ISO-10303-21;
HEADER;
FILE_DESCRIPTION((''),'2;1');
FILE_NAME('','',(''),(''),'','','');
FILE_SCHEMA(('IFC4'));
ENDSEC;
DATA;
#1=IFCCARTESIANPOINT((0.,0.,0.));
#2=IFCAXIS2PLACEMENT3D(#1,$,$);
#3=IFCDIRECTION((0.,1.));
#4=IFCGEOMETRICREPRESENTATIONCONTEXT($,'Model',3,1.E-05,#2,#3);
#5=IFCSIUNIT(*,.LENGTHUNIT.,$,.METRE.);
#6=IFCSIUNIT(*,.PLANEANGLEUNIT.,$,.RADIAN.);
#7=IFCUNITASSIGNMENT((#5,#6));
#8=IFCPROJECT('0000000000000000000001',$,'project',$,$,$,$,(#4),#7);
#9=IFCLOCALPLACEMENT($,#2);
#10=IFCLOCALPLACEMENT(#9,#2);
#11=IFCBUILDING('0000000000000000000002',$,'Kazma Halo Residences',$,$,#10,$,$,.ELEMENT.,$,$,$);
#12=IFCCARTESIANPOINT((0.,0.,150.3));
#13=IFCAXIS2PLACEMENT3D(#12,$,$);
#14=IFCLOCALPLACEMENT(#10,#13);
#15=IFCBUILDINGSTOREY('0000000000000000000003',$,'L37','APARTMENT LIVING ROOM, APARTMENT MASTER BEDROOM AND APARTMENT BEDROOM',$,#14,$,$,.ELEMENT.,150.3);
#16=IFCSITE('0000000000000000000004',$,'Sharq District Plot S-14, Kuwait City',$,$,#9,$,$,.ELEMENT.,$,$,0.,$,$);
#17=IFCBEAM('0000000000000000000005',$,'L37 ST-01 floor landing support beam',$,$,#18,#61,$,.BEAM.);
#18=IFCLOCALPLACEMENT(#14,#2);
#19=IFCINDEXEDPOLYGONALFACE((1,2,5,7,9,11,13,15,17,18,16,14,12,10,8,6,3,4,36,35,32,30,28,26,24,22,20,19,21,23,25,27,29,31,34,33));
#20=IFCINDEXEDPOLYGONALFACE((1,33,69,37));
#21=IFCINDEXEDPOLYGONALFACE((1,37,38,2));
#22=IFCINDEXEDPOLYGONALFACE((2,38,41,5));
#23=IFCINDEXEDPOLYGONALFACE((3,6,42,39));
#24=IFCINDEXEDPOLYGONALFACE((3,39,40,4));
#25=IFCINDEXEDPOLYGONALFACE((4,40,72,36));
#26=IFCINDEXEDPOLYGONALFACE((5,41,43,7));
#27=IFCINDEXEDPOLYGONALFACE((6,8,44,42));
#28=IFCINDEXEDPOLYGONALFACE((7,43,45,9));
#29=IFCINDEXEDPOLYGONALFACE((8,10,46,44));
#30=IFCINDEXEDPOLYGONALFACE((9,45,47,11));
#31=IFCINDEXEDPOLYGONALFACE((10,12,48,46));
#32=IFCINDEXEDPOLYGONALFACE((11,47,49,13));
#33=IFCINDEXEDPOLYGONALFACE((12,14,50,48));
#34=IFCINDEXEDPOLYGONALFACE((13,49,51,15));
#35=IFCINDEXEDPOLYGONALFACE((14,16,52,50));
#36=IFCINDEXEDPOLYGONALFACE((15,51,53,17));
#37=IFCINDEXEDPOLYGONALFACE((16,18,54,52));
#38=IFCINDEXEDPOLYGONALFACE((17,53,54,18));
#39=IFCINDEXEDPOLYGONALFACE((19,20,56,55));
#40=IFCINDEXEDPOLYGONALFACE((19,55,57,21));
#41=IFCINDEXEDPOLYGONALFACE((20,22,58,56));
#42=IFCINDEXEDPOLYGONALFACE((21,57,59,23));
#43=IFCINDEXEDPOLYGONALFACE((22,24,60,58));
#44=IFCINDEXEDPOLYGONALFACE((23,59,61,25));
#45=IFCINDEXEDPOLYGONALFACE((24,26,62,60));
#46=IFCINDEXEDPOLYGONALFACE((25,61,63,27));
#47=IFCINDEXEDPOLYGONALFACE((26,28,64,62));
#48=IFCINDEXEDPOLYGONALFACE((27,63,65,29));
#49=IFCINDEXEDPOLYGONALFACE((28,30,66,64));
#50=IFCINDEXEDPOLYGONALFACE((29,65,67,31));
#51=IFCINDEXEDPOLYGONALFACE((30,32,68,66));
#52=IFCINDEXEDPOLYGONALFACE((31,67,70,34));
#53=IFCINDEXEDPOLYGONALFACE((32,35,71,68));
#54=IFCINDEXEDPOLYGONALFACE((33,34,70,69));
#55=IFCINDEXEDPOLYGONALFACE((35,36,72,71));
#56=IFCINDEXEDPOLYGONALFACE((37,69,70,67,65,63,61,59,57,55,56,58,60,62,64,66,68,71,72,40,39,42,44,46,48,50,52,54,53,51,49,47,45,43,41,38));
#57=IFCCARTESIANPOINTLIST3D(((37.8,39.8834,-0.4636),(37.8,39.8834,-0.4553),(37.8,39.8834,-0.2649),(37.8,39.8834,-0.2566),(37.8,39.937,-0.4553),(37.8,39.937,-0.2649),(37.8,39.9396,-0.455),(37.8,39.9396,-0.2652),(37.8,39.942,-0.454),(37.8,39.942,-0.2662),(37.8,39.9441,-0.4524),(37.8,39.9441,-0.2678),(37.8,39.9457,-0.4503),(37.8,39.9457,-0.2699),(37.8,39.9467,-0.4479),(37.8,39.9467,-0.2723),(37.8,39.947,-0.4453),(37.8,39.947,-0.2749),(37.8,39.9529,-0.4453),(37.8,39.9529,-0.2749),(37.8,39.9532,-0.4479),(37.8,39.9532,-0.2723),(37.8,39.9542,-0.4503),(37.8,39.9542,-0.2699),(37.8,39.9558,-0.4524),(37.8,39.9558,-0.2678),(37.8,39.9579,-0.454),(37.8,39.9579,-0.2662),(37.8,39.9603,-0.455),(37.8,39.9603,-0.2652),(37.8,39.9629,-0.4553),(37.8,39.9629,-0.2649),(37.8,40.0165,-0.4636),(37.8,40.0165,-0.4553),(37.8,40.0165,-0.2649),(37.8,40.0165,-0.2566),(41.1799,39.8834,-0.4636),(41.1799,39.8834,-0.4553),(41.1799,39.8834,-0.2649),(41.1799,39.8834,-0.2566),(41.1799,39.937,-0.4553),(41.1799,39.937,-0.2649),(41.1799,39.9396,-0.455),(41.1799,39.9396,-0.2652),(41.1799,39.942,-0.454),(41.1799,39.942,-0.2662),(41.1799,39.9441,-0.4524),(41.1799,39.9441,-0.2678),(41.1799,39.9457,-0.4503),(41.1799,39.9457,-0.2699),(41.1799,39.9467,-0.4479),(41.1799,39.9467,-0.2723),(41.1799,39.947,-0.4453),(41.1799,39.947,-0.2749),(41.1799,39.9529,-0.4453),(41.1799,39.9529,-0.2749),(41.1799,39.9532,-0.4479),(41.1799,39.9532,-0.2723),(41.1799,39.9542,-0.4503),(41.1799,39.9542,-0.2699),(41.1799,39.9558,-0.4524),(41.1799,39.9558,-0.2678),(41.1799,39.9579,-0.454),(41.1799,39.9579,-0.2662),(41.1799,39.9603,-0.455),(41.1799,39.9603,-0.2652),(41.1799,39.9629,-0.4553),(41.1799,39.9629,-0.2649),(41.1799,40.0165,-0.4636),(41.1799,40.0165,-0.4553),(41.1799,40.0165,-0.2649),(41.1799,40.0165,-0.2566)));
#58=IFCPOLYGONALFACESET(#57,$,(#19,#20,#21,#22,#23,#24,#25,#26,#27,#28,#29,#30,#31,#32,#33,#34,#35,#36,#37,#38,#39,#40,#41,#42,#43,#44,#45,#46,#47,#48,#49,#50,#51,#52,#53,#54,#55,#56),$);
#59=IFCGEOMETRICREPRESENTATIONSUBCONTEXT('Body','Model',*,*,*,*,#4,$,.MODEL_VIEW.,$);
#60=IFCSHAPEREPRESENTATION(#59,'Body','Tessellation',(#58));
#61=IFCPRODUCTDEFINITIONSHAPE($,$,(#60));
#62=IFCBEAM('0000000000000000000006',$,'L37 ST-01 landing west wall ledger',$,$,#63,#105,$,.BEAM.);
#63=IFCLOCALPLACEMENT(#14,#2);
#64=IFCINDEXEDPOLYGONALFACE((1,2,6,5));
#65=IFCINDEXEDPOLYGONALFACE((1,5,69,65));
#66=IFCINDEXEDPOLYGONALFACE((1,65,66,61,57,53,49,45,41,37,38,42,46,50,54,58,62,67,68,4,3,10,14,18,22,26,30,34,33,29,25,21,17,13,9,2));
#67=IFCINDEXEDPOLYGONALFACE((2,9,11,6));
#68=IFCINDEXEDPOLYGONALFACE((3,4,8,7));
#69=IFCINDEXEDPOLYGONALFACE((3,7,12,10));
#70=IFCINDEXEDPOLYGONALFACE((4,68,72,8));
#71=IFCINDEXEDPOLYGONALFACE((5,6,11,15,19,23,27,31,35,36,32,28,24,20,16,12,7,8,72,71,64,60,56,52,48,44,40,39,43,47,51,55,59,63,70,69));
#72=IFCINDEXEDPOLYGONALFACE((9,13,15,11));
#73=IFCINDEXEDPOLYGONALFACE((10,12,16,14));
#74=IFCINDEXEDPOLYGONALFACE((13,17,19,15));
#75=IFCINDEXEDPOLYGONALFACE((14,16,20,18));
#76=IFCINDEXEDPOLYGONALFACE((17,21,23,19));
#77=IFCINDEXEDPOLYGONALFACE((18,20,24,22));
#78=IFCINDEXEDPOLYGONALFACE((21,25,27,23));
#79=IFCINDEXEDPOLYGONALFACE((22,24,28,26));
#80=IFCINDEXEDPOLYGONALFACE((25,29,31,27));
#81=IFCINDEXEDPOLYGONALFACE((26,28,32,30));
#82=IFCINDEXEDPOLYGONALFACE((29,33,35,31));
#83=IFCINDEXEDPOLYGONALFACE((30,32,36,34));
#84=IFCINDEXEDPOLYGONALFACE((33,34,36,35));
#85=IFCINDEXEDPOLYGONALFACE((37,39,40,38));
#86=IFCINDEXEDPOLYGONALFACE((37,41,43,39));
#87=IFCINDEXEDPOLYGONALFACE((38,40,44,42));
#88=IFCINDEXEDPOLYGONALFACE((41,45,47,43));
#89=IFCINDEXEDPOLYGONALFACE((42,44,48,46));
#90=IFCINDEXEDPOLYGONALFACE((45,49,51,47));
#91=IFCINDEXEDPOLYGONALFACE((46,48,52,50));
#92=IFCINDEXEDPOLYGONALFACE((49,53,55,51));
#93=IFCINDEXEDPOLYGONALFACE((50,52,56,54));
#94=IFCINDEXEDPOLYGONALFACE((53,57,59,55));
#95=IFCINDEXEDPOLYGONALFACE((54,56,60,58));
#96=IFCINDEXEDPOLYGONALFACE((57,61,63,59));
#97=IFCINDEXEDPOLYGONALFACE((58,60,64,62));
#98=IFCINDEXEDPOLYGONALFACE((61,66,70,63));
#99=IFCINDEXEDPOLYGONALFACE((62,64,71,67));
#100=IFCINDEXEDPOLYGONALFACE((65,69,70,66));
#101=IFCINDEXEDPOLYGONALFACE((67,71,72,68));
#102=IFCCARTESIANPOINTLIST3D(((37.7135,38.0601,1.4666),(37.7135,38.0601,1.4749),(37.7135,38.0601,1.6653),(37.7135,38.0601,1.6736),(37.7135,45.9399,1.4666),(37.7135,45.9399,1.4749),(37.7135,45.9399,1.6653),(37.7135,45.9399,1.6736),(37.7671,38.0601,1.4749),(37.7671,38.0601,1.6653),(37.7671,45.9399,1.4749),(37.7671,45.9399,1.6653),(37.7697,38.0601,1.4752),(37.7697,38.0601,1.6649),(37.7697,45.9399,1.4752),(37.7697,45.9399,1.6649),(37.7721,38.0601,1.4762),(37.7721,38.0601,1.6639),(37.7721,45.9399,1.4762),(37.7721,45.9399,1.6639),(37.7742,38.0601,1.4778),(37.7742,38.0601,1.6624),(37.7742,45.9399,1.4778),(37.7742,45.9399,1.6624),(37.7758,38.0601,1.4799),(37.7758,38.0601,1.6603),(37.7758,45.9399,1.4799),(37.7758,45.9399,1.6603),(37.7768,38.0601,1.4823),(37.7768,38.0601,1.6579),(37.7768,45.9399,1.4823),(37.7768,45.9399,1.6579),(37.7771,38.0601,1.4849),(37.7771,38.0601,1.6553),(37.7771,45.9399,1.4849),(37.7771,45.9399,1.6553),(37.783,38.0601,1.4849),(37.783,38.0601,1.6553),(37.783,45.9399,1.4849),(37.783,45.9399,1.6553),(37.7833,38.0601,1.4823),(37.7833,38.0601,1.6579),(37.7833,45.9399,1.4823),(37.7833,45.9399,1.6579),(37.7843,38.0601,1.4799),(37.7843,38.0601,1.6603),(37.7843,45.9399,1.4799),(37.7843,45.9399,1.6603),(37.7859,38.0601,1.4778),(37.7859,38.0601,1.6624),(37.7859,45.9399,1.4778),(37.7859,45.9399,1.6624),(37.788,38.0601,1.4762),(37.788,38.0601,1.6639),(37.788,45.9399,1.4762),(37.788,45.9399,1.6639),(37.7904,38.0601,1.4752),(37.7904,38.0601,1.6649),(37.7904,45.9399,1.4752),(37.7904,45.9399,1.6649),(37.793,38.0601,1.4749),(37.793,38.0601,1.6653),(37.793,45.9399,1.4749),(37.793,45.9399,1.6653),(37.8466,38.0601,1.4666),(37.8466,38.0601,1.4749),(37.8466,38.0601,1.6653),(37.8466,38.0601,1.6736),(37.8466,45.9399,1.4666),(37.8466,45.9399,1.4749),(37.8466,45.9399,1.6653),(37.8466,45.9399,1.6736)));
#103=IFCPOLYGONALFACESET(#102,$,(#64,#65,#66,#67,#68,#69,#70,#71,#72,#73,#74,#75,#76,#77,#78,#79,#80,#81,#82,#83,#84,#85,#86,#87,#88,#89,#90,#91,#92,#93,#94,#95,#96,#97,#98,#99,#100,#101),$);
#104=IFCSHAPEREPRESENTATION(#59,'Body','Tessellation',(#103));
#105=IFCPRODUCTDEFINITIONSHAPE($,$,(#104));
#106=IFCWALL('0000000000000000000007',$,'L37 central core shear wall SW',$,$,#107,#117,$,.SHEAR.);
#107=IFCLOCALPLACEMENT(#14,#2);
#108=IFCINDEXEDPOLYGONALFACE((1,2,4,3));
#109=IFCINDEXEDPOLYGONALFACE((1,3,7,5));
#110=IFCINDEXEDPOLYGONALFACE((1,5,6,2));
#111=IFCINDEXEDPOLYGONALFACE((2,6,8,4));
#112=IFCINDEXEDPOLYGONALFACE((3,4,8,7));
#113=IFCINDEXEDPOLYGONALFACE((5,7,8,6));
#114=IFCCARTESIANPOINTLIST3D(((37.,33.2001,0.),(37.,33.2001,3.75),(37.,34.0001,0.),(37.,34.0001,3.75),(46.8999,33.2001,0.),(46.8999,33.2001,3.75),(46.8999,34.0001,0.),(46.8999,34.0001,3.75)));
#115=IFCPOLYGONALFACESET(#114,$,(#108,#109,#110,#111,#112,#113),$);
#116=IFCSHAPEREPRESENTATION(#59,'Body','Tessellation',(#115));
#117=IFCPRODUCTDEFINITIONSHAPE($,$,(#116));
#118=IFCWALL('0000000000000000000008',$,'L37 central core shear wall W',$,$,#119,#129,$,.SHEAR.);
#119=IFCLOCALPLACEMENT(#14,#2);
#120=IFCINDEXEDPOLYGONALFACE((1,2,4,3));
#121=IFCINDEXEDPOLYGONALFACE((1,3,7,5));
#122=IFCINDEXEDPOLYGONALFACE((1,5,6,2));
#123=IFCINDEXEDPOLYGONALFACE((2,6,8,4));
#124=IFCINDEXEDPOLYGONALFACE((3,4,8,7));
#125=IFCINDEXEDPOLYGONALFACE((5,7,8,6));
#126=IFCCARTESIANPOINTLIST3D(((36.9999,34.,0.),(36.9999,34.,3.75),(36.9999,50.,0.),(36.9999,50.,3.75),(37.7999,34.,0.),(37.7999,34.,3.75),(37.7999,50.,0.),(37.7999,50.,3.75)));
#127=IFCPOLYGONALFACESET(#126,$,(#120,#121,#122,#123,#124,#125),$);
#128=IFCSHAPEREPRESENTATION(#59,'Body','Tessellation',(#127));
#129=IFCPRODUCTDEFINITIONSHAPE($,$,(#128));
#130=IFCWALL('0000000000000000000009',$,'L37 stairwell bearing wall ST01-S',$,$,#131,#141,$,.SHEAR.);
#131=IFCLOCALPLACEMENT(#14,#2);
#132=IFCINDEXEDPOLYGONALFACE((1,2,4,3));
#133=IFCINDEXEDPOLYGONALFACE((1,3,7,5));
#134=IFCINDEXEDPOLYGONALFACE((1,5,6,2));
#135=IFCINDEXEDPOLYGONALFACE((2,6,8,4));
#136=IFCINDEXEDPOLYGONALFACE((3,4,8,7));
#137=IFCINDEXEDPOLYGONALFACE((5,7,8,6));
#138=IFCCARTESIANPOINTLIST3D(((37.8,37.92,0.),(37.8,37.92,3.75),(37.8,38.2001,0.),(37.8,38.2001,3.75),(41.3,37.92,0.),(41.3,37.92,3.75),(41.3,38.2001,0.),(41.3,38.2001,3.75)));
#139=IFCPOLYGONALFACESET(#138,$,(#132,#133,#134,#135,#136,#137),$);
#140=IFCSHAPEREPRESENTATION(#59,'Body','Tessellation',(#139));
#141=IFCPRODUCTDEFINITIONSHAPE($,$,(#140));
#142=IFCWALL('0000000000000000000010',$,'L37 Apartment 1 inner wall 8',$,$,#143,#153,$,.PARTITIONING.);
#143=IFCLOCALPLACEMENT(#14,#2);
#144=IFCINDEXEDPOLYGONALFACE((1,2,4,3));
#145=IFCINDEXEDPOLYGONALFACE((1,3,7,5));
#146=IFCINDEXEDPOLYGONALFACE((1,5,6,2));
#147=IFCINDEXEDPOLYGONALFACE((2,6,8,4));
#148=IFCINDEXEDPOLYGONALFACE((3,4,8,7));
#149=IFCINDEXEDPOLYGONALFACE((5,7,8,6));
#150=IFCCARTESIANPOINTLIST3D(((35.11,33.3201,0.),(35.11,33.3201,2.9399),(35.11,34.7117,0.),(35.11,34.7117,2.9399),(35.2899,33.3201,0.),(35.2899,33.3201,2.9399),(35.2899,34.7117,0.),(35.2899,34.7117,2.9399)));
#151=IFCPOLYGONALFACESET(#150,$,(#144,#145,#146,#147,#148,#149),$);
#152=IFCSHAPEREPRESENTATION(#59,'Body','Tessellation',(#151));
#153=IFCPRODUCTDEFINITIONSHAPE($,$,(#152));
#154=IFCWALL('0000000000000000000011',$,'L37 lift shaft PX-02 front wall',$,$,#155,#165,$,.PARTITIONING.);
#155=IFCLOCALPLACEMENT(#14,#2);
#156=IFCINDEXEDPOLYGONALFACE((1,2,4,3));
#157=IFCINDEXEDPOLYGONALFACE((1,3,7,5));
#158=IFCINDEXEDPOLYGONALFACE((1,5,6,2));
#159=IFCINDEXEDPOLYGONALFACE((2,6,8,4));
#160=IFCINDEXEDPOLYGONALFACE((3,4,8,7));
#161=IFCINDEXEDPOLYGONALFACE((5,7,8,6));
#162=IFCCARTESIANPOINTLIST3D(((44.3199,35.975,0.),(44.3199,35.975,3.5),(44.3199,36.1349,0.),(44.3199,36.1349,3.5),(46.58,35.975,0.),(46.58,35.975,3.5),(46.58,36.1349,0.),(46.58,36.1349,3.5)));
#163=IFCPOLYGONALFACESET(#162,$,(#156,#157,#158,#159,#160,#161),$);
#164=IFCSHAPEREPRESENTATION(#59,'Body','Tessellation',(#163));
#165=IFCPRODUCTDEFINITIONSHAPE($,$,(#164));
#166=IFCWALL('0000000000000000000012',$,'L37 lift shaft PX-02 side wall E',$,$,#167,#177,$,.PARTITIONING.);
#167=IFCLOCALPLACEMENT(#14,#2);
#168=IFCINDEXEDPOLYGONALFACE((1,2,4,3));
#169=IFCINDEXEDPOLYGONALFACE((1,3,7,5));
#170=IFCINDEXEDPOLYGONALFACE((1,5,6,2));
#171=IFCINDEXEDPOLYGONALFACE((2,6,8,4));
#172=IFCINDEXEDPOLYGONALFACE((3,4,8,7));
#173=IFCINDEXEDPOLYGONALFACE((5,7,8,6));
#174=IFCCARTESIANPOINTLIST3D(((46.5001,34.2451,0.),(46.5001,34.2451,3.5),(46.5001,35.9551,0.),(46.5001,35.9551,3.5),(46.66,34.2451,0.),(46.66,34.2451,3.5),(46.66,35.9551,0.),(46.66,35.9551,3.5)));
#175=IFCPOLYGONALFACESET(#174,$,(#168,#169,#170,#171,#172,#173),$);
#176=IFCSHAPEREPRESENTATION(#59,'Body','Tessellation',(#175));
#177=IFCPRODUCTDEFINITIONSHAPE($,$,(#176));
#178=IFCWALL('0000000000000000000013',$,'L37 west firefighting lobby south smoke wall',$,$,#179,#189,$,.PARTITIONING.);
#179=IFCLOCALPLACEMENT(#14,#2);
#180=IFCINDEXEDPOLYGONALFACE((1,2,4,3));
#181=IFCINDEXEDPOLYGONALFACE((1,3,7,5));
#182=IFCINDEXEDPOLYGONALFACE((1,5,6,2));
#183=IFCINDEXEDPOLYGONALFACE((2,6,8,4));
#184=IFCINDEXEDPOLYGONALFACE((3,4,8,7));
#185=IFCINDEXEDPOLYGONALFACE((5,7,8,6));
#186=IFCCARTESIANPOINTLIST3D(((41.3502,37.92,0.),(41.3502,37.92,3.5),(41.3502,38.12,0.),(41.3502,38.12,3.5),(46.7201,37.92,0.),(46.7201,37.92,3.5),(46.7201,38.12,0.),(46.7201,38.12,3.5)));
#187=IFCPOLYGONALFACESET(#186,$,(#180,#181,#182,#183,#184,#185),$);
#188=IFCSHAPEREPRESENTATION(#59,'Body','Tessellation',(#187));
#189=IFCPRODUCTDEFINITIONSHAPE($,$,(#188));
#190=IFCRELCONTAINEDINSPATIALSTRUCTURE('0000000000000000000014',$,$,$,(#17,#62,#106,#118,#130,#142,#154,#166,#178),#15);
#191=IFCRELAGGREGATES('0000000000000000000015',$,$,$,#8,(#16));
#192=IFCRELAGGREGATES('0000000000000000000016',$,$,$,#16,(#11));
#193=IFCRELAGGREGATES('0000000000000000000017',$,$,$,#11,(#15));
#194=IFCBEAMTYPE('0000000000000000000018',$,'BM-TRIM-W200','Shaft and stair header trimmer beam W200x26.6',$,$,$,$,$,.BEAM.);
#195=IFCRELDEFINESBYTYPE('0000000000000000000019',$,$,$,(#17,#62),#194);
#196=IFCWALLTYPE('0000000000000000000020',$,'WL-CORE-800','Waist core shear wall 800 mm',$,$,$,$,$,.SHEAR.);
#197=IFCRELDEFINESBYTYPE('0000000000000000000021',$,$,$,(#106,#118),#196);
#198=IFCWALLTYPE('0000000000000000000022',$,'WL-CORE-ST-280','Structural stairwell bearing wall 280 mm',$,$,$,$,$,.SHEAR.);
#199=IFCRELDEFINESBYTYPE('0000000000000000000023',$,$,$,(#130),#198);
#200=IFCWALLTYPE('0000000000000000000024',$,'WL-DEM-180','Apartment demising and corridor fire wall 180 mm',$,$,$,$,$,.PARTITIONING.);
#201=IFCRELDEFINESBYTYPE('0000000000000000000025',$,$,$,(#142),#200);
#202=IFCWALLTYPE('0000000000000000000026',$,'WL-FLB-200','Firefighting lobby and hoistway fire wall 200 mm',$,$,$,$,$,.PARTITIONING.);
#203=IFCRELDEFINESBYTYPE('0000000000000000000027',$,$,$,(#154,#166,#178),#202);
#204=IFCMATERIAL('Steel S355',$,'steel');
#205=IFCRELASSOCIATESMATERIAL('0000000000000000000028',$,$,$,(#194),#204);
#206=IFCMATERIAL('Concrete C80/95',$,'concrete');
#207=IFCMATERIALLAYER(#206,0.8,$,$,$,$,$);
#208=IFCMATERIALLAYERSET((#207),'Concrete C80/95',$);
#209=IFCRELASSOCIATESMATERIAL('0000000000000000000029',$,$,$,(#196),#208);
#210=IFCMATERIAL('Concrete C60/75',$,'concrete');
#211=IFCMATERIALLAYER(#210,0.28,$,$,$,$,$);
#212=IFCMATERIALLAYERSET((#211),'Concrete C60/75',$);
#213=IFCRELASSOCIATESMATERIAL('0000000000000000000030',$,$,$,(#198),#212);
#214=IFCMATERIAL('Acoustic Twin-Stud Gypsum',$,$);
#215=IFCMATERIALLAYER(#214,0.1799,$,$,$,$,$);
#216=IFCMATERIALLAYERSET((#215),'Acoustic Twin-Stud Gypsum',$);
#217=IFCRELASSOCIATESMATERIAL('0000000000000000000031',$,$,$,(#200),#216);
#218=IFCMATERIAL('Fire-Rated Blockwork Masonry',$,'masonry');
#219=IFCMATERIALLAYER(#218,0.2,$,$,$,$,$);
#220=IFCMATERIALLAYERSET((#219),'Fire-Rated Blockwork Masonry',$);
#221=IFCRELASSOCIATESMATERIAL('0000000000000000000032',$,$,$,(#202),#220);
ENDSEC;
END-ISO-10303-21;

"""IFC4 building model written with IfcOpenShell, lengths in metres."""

from ifc_helpers import new_model, si_unit, direction, frame, frame_2d, origin, origin_2d, place, context, subcontext, project, spatial, rectangle, i_section, extrude, material, layer, layer_set, material_profile, profile_set, type_object, element, save


model = new_model("IFC4")

# Units and contexts
model_context = context("Model", 3, precision=1e-05, world=origin(), true_north=direction((0.0, 1.0)))
body_context = subcontext(model_context, "Body", "Model", "MODEL_VIEW")
ifc_project = project(units=[si_unit("LENGTHUNIT", "METRE"), si_unit("PLANEANGLEUNIT", "RADIAN")], contexts=[model_context])

# Site, building, storey
site_placement = place(None, origin())
site = spatial("IfcSite", under=ifc_project, at=site_placement, Name="Sharq District Plot S-14, Kuwait City", CompositionType="ELEMENT", RefElevation=0.0)
building_placement = place(site_placement, origin())
building = spatial("IfcBuilding", under=site, at=building_placement, Name="Kazma Halo Residences", CompositionType="ELEMENT")
storey_placement = place(building_placement, frame((0.0, 0.0, 150.3)))
storey = spatial("IfcBuildingStorey", under=building, at=storey_placement, Name="L37", Description="APARTMENT LIVING ROOM, APARTMENT MASTER BEDROOM AND APARTMENT BEDROOM", CompositionType="ELEMENT", Elevation=150.3)

# Beams
ifc_material_1 = material(Name="Steel S355", Category="steel")
ifc_material_profile_1 = material_profile(ifc_material_1, i_section(OverallWidth=0.1331, OverallDepth=0.207, WebThickness=0.0059, FlangeThickness=0.0083, FilletRadius=0.01, at=origin_2d()), Name="W200x26.6")
ifc_profile_set_1 = profile_set([ifc_material_profile_1], Name="Steel S355")
beam_type_1 = type_object("IfcBeamType", Name="BM-TRIM-W200", Description="Shaft and stair header trimmer beam W200x26.6", PredefinedType="BEAM", material=ifc_profile_set_1)
beam_1_placement = place(storey_placement, frame((37.8, 39.95, -0.3601), z_axis=(1.0, 0.0, 0.0), x_axis=(0.0, 1.0, 0.0)))
element("IfcBeam", 1, at=beam_1_placement, inside=storey, type_object=beam_type_1, Name="L37 ST-01 floor landing support beam", PredefinedType="BEAM", context=body_context, shape_type="SweptSolid", body=[
    extrude(i_section(OverallWidth=0.1331, OverallDepth=0.207, WebThickness=0.0059, FlangeThickness=0.0083, FilletRadius=0.01, at=origin_2d()), origin(), (0.0, 0.0, 1.0), 3.3799),
])
beam_2_placement = place(storey_placement, frame((37.78, 38.0601, 1.5701), z_axis=(0.0, 1.0, 0.0), x_axis=(-1.0, 0.0, 0.0)))
element("IfcBeam", 2, at=beam_2_placement, inside=storey, type_object=beam_type_1, Name="L37 ST-01 landing west wall ledger", PredefinedType="BEAM", context=body_context, shape_type="SweptSolid", body=[
    extrude(i_section(OverallWidth=0.1331, OverallDepth=0.207, WebThickness=0.0059, FlangeThickness=0.0083, FilletRadius=0.01, at=origin_2d()), origin(), (0.0, 0.0, 1.0), 7.8799),
])

# Walls
ifc_material_2 = material(Name="Concrete C80/95", Category="concrete")
ifc_layer_1 = layer(ifc_material_2, 0.8)
ifc_layer_set_1 = layer_set([ifc_layer_1], Name="Concrete C80/95")
wall_type_1 = type_object("IfcWallType", Name="WL-CORE-800", Description="Waist core shear wall 800 mm", PredefinedType="SHEAR", material=ifc_layer_set_1)
wall_1_placement = place(storey_placement, frame((37.0, 33.6001, 0.0), z_axis=(0.0, 0.0, 1.0), x_axis=(1.0, 0.0, 0.0)))
element("IfcWall", 3, at=wall_1_placement, inside=storey, type_object=wall_type_1, Name="L37 central core shear wall SW", PredefinedType="SHEAR", context=body_context, shape_type="SweptSolid", body=[
    extrude(rectangle(XDim=9.8999, YDim=0.8, at=frame_2d((4.95, 0.0))), origin(), (0.0, 0.0, 1.0), 3.75),
])
wall_2_placement = place(storey_placement, frame((37.3999, 34.0, 0.0), z_axis=(0.0, 0.0, 1.0), x_axis=(0.0, 1.0, 0.0)))
element("IfcWall", 4, at=wall_2_placement, inside=storey, type_object=wall_type_1, Name="L37 central core shear wall W", PredefinedType="SHEAR", context=body_context, shape_type="SweptSolid", body=[
    extrude(rectangle(XDim=16.0, YDim=0.8, at=frame_2d((8.0, 0.0))), origin(), (0.0, 0.0, 1.0), 3.75),
])
ifc_material_3 = material(Name="Concrete C60/75", Category="concrete")
ifc_layer_2 = layer(ifc_material_3, 0.28)
ifc_layer_set_2 = layer_set([ifc_layer_2], Name="Concrete C60/75")
wall_type_2 = type_object("IfcWallType", Name="WL-CORE-ST-280", Description="Structural stairwell bearing wall 280 mm", PredefinedType="SHEAR", material=ifc_layer_set_2)
wall_3_placement = place(storey_placement, frame((37.8, 38.0601, 0.0), z_axis=(0.0, 0.0, 1.0), x_axis=(1.0, 0.0, 0.0)))
element("IfcWall", 5, at=wall_3_placement, inside=storey, type_object=wall_type_2, Name="L37 stairwell bearing wall ST01-S", PredefinedType="SHEAR", context=body_context, shape_type="SweptSolid", body=[
    extrude(rectangle(XDim=3.5, YDim=0.28, at=frame_2d((1.75, 0.0))), origin(), (0.0, 0.0, 1.0), 3.75),
])
ifc_material_4 = material(Name="Acoustic Twin-Stud Gypsum")
ifc_layer_3 = layer(ifc_material_4, 0.1799)
ifc_layer_set_3 = layer_set([ifc_layer_3], Name="Acoustic Twin-Stud Gypsum")
wall_type_3 = type_object("IfcWallType", Name="WL-DEM-180", Description="Apartment demising and corridor fire wall 180 mm", PredefinedType="PARTITIONING", material=ifc_layer_set_3)
wall_4_placement = place(storey_placement, frame((35.2, 34.7117, 0.0), z_axis=(0.0, 0.0, 1.0), x_axis=(0.0, -1.0, 0.0)))
element("IfcWall", 6, at=wall_4_placement, inside=storey, type_object=wall_type_3, Name="L37 Apartment 1 inner wall 8", PredefinedType="PARTITIONING", context=body_context, shape_type="SweptSolid", body=[
    extrude(rectangle(XDim=1.3916, YDim=0.1799, at=frame_2d((0.6958, 0.0))), origin(), (0.0, 0.0, 1.0), 2.9399),
])
ifc_material_5 = material(Name="Fire-Rated Blockwork Masonry", Category="masonry")
ifc_layer_4 = layer(ifc_material_5, 0.2)
ifc_layer_set_4 = layer_set([ifc_layer_4], Name="Fire-Rated Blockwork Masonry")
wall_type_4 = type_object("IfcWallType", Name="WL-FLB-200", Description="Firefighting lobby and hoistway fire wall 200 mm", PredefinedType="PARTITIONING", material=ifc_layer_set_4)
wall_5_placement = place(storey_placement, frame((44.3201, 36.0549, 0.0), z_axis=(0.0, 0.0, 1.0), x_axis=(1.0, 0.0, 0.0)))
element("IfcWall", 7, at=wall_5_placement, inside=storey, type_object=wall_type_4, Name="L37 lift shaft PX-02 front wall", PredefinedType="PARTITIONING", context=body_context, shape_type="SweptSolid", body=[
    extrude(rectangle(XDim=2.26, YDim=0.1599, at=frame_2d((1.1299, 0.0))), origin(), (0.0, 0.0, 1.0), 3.5),
])
wall_6_placement = place(storey_placement, frame((46.5801, 34.2451, 0.0), z_axis=(0.0, 0.0, 1.0), x_axis=(0.0, 1.0, 0.0)))
element("IfcWall", 8, at=wall_6_placement, inside=storey, type_object=wall_type_4, Name="L37 lift shaft PX-02 side wall E", PredefinedType="PARTITIONING", context=body_context, shape_type="SweptSolid", body=[
    extrude(rectangle(XDim=1.71, YDim=0.1599, at=frame_2d((0.855, 0.0))), origin(), (0.0, 0.0, 1.0), 3.5),
])
wall_7_placement = place(storey_placement, frame((41.3501, 38.02, 0.0), z_axis=(0.0, 0.0, 1.0), x_axis=(1.0, 0.0, 0.0)))
element("IfcWall", 9, at=wall_7_placement, inside=storey, type_object=wall_type_4, Name="L37 west firefighting lobby south smoke wall", PredefinedType="PARTITIONING", context=body_context, shape_type="SweptSolid", body=[
    extrude(rectangle(XDim=5.3699, YDim=0.2, at=frame_2d((2.6851, 0.0))), origin(), (0.0, 0.0, 1.0), 3.5),
])

save(model, "model.ifc")
